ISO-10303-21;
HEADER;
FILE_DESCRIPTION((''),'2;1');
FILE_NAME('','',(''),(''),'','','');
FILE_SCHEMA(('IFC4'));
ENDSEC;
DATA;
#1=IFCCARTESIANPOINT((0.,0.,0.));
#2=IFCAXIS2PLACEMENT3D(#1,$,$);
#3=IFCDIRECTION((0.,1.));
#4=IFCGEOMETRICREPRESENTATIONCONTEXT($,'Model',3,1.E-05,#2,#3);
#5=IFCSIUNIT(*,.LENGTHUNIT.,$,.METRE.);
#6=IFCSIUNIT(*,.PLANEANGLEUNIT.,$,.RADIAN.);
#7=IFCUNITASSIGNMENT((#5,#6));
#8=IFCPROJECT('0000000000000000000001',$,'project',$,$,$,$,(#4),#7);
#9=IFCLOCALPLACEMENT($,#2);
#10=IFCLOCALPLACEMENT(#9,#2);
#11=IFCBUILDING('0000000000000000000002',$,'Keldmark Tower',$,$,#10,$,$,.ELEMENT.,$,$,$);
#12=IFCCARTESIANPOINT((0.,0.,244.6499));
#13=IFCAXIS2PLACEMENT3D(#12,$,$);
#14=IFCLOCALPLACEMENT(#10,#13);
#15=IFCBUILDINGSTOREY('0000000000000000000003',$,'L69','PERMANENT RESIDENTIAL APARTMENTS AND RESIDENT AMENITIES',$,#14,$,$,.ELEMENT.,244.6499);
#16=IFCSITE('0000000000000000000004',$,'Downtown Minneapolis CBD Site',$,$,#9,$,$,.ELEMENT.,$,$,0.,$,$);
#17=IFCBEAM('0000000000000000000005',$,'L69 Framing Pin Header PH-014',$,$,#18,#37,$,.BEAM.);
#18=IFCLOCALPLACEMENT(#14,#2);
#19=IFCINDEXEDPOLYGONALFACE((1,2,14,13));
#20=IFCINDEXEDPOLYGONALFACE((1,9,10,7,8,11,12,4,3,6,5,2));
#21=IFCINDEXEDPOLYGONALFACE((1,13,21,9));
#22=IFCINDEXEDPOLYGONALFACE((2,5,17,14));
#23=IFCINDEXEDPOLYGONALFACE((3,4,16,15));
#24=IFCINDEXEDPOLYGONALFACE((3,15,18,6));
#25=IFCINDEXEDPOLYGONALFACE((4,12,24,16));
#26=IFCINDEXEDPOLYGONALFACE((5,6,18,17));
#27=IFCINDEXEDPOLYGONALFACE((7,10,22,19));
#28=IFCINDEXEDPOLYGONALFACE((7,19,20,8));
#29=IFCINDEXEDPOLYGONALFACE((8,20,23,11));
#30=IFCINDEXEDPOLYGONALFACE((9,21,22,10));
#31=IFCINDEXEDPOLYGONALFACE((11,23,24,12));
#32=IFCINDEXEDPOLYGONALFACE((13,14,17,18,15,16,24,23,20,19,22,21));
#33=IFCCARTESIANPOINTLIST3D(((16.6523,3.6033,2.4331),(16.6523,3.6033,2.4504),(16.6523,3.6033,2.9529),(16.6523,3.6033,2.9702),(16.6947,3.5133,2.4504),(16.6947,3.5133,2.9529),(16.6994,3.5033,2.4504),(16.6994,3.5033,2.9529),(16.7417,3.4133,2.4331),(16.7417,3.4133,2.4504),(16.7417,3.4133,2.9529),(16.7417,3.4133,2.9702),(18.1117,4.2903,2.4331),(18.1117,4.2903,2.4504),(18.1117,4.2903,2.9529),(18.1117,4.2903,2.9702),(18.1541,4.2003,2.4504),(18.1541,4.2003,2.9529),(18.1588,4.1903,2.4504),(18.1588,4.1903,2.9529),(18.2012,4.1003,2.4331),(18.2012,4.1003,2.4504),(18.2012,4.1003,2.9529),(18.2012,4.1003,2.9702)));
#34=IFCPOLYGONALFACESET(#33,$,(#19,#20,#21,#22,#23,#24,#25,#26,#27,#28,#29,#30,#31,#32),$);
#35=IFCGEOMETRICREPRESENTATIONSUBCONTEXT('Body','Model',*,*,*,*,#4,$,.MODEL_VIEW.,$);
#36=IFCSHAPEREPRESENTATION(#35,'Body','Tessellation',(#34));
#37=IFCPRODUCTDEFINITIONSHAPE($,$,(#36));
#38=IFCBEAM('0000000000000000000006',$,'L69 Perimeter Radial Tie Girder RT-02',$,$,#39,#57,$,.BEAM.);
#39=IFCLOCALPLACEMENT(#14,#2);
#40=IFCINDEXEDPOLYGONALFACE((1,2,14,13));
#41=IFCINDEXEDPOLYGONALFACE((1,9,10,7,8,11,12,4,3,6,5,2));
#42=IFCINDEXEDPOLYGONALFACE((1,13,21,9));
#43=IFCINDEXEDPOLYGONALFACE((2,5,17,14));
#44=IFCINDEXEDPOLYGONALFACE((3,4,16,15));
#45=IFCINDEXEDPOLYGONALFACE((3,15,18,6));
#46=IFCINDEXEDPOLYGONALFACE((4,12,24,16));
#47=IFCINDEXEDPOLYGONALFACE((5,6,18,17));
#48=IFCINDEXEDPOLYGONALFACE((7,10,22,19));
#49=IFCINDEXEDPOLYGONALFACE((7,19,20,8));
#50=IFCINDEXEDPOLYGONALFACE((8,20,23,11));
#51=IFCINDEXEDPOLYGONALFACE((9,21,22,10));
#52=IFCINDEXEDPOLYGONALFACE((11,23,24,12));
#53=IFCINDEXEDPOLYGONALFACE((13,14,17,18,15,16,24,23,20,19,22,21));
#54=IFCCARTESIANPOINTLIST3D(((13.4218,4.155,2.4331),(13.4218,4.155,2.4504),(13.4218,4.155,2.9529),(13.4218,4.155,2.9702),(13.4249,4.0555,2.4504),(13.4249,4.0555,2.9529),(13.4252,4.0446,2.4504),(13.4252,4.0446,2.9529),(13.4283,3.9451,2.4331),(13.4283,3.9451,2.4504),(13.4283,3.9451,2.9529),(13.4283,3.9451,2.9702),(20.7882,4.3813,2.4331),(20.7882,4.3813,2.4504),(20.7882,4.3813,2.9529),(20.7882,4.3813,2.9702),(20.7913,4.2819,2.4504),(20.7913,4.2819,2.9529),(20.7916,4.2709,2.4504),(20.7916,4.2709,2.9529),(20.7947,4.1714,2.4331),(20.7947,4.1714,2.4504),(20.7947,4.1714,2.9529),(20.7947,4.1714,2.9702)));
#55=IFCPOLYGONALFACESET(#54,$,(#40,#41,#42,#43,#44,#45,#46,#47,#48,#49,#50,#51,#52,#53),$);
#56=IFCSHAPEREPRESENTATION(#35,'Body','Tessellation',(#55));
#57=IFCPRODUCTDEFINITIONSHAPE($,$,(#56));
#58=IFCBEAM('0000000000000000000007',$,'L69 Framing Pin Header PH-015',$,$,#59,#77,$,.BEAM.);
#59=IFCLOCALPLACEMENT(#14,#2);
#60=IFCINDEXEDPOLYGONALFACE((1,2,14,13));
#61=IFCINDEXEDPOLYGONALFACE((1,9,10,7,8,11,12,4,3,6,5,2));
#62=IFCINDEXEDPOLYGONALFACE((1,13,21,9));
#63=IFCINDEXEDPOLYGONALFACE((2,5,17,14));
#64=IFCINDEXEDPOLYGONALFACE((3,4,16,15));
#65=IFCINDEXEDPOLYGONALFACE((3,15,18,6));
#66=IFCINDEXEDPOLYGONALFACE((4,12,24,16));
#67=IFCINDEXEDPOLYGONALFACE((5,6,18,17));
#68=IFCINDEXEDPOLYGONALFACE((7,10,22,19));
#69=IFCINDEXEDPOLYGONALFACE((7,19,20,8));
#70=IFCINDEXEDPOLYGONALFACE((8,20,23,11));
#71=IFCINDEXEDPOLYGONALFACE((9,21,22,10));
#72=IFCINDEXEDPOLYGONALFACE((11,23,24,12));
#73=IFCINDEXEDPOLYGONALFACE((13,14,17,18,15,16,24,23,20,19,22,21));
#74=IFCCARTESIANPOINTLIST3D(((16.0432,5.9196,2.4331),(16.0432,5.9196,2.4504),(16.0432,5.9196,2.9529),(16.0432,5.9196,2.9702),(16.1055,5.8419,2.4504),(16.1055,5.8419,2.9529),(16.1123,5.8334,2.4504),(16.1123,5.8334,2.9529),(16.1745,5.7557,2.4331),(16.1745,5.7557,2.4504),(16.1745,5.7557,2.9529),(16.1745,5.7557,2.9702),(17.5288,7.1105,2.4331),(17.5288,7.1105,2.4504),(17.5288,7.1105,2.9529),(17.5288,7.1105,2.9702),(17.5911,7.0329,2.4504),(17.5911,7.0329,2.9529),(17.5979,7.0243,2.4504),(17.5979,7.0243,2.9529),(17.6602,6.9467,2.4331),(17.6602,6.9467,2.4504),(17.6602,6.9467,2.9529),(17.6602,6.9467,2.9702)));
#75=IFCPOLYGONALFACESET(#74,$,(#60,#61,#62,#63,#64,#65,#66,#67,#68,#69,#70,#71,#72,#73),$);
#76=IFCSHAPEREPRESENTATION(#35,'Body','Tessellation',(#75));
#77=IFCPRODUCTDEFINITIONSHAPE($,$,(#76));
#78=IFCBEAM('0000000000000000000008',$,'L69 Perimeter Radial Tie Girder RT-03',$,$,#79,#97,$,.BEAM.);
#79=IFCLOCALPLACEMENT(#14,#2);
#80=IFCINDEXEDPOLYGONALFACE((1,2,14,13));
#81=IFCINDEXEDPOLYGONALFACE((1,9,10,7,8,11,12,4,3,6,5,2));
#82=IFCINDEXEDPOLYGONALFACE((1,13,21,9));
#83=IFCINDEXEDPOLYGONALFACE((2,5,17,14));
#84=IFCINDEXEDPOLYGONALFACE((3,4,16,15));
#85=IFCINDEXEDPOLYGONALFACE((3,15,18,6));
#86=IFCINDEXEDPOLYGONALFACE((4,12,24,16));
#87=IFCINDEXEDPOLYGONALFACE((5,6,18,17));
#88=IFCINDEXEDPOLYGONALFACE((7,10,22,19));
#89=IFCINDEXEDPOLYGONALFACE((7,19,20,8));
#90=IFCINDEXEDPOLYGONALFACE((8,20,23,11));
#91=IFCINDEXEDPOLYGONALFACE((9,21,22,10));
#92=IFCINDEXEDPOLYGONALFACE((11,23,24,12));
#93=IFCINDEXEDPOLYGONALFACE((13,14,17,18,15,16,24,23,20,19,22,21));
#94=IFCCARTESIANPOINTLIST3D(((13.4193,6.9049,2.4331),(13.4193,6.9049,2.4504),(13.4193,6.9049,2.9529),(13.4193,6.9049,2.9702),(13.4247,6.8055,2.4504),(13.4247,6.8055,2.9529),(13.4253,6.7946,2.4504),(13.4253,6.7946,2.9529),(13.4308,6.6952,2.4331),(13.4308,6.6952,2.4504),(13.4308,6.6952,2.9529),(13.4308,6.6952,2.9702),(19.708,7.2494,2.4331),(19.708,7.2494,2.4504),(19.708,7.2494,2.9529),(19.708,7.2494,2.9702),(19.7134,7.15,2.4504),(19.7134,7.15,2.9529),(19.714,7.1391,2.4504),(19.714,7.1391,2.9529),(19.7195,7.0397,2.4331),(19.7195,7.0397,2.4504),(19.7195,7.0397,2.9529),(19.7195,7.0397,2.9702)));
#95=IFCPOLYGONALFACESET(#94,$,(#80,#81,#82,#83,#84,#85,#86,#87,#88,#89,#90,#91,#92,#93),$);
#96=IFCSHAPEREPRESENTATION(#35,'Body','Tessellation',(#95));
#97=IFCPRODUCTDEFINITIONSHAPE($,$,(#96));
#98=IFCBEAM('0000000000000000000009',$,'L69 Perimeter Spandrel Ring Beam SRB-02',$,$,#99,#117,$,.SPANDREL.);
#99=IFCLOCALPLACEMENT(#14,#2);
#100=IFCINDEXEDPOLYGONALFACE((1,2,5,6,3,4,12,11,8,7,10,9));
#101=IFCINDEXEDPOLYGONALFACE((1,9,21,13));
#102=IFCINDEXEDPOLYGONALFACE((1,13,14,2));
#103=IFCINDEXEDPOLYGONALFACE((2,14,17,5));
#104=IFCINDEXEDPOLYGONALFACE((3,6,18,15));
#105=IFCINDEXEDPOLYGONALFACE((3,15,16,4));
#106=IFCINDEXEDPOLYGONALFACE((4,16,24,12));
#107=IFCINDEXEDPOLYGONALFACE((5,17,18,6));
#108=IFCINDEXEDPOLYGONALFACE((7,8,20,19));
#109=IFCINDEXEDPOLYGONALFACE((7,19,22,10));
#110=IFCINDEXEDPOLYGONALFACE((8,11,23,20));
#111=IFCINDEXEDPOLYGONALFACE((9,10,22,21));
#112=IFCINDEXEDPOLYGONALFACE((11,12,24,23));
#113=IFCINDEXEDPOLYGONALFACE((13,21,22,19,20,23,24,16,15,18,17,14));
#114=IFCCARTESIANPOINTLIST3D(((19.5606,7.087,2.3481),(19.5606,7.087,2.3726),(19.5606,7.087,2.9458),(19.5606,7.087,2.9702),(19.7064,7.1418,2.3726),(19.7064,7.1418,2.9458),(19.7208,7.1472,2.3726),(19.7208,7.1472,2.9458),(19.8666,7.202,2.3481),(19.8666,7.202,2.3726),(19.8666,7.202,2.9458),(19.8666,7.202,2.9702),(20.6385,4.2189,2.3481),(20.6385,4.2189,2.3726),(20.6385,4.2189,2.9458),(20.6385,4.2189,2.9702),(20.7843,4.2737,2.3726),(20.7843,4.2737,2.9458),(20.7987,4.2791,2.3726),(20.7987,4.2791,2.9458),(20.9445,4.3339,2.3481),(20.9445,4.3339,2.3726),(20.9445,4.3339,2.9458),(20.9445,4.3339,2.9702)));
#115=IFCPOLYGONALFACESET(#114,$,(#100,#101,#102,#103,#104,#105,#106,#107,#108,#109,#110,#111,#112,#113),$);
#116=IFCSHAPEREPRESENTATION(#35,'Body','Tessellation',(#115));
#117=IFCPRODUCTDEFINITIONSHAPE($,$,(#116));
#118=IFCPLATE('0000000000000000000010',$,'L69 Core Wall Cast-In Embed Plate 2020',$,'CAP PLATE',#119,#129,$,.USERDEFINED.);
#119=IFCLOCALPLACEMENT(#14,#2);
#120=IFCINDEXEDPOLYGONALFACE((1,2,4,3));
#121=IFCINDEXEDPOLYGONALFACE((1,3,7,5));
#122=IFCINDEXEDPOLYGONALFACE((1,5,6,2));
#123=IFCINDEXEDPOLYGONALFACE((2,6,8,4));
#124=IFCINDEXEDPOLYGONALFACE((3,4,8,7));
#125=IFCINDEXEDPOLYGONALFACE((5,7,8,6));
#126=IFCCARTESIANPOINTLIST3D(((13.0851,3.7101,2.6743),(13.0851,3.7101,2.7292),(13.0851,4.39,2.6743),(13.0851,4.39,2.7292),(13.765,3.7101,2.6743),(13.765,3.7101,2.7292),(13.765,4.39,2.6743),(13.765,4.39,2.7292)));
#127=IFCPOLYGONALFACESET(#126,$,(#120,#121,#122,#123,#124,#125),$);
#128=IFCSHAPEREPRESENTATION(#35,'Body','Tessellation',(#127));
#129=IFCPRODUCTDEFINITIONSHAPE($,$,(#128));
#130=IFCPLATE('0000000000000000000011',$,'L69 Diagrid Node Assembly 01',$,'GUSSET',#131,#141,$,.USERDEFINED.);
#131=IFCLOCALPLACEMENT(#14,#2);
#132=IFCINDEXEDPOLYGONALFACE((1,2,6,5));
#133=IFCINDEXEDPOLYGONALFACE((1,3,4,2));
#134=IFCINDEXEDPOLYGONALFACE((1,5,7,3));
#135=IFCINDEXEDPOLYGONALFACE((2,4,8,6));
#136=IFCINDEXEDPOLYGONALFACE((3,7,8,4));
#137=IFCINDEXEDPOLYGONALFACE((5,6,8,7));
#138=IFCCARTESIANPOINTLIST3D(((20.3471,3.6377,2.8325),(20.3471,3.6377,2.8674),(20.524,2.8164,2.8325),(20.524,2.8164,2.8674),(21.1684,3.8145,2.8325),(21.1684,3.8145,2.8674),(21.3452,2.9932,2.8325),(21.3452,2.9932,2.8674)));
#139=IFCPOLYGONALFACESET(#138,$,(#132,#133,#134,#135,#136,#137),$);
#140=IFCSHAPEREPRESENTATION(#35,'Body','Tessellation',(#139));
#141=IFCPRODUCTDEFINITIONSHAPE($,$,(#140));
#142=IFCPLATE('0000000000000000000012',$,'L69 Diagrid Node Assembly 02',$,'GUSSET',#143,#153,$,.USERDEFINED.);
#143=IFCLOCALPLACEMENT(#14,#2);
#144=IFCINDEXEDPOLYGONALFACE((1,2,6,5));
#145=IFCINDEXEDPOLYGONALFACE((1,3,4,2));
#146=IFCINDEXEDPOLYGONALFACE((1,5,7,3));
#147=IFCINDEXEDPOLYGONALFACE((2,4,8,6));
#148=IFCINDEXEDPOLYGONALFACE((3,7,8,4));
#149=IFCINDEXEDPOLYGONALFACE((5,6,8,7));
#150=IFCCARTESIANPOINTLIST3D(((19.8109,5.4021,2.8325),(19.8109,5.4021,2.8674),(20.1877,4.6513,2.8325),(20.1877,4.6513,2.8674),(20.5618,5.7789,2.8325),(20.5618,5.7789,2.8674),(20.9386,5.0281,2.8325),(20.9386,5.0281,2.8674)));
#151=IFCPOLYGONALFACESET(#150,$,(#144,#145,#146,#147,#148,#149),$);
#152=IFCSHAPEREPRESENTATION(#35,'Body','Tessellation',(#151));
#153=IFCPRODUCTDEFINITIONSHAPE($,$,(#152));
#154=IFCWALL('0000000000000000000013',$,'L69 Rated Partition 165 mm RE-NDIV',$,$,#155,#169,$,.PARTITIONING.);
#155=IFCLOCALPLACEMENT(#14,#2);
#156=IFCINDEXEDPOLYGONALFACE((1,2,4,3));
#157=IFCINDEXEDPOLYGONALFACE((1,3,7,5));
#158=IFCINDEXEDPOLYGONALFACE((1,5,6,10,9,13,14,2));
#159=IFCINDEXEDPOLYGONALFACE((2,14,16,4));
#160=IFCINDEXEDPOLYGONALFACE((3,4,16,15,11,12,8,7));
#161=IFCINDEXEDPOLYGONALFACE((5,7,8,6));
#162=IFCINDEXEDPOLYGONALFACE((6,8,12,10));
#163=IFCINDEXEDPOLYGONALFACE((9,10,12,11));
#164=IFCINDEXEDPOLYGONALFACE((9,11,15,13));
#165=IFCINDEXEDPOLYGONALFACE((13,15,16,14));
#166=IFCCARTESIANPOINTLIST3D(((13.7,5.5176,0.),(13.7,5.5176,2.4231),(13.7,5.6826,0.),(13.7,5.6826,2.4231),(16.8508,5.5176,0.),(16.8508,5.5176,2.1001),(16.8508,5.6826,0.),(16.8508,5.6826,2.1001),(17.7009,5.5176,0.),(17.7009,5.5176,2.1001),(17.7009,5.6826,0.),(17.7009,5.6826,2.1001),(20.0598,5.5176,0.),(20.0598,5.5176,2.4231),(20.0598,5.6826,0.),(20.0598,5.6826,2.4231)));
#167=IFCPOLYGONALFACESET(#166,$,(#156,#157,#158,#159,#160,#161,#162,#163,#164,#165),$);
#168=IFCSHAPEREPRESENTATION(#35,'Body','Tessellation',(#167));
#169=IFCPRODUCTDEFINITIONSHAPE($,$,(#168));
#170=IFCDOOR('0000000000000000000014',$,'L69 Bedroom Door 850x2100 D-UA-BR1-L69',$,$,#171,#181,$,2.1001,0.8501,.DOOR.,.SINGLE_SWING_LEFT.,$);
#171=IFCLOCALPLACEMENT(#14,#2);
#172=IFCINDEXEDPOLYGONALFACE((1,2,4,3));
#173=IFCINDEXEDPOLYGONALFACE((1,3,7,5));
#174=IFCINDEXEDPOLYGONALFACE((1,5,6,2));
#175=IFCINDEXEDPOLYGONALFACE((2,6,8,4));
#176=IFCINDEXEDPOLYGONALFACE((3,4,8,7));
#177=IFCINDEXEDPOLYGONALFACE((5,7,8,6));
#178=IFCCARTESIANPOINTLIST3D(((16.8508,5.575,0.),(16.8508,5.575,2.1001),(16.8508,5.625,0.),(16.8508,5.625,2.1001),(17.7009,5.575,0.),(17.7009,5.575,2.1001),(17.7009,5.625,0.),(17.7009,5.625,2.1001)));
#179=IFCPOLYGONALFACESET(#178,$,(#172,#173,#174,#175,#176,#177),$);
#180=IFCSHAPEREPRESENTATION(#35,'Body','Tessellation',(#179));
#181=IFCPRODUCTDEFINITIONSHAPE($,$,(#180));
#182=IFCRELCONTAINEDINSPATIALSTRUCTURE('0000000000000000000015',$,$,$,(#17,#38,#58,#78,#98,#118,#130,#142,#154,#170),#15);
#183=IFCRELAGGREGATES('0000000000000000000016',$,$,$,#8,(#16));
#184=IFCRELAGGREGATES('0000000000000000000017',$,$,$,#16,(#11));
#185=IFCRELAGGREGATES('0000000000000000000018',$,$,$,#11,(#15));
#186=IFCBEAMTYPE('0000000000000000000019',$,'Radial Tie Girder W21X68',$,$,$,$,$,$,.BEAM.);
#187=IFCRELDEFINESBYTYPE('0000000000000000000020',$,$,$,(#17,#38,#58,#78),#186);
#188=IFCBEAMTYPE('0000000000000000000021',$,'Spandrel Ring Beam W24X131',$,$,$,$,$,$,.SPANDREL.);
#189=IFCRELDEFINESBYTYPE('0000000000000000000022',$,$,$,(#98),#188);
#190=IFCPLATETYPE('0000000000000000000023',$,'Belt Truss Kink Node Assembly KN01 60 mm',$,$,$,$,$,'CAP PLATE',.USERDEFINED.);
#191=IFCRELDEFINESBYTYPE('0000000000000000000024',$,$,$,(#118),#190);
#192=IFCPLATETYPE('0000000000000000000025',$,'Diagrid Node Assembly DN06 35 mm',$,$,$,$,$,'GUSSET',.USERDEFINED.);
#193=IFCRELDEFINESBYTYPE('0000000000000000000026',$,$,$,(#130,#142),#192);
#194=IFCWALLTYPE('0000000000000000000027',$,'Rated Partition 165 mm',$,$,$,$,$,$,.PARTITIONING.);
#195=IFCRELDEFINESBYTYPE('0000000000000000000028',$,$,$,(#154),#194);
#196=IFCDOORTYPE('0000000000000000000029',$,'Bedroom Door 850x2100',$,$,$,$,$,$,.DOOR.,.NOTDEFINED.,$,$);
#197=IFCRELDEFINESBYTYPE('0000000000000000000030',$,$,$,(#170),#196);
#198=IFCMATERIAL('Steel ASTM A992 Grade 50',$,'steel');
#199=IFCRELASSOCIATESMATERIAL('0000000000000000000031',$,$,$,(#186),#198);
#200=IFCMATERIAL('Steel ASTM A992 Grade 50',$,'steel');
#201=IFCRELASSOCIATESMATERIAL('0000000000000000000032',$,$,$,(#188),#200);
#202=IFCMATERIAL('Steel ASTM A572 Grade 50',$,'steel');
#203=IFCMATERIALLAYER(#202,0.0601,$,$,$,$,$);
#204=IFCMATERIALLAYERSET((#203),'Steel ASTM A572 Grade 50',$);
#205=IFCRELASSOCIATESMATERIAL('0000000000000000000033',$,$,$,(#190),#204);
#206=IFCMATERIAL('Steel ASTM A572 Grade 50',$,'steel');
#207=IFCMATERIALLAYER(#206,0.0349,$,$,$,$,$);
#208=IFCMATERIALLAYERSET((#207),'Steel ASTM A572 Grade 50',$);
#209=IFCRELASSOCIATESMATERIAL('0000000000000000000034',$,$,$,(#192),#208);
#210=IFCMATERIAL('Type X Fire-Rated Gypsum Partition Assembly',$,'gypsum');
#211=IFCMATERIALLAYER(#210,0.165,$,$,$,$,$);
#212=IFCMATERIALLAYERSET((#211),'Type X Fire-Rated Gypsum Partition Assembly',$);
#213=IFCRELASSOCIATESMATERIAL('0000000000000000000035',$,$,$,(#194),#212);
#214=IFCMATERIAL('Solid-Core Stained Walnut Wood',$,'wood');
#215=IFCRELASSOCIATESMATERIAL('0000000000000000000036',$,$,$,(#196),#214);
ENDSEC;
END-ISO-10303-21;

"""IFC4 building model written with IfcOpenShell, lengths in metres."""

from ifc_helpers import new_model, si_unit, direction, frame, frame_2d, origin, origin_2d, place, context, subcontext, project, spatial, rectangle, i_section, extrude, material, layer, layer_set, material_profile, profile_set, type_object, element, fill, save


model = new_model("IFC4")

# Units and contexts
model_context = context("Model", 3, precision=1e-05, world=origin(), true_north=direction((0.0, 1.0)))
body_context = subcontext(model_context, "Body", "Model", "MODEL_VIEW")
ifc_project = project(units=[si_unit("LENGTHUNIT", "METRE"), si_unit("PLANEANGLEUNIT", "RADIAN")], contexts=[model_context])

# Site, building, storey
site_placement = place(None, origin())
site = spatial("IfcSite", under=ifc_project, at=site_placement, Name="Downtown Minneapolis CBD Site", CompositionType="ELEMENT", RefElevation=0.0)
building_placement = place(site_placement, origin())
building = spatial("IfcBuilding", under=site, at=building_placement, Name="Keldmark Tower", CompositionType="ELEMENT")
storey_placement = place(building_placement, frame((0.0, 0.0, 244.6499)))
storey = spatial("IfcBuildingStorey", under=building, at=storey_placement, Name="L69", Description="PERMANENT RESIDENTIAL APARTMENTS AND RESIDENT AMENITIES", CompositionType="ELEMENT", Elevation=244.6499)

# Beams
ifc_material_1 = material(Name="Steel ASTM A992 Grade 50", Category="steel")
ifc_material_profile_1 = material_profile(ifc_material_1, i_section(OverallWidth=0.21, OverallDepth=0.5371, WebThickness=0.011, FlangeThickness=0.0173, at=origin_2d()), Name="W21X68")
ifc_profile_set_1 = profile_set([ifc_material_profile_1], Name="Steel ASTM A992 Grade 50")
beam_type_1 = type_object("IfcBeamType", Name="Radial Tie Girder W21X68", PredefinedType="BEAM", material=ifc_profile_set_1)
beam_1_placement = place(storey_placement, frame((16.697, 3.5083, 2.7017), z_axis=(0.904771, 0.425899, 0.0), x_axis=(-0.425899, 0.904771, 0.0)))
element("IfcBeam", 1, at=beam_1_placement, inside=storey, type_object=beam_type_1, Name="L69 Framing Pin Header PH-014", PredefinedType="BEAM", context=body_context, shape_type="SweptSolid", body=[
    extrude(i_section(OverallWidth=0.21, OverallDepth=0.5371, WebThickness=0.011, FlangeThickness=0.0173, at=origin_2d()), origin(), (0.0, 0.0, 1.0), 1.613),
])
beam_2_placement = place(storey_placement, frame((13.425, 4.05, 2.7017), z_axis=(0.999528, 0.030708, 0.0), x_axis=(-0.030708, 0.999528, 0.0)))
element("IfcBeam", 2, at=beam_2_placement, inside=storey, type_object=beam_type_1, Name="L69 Perimeter Radial Tie Girder RT-02", PredefinedType="BEAM", context=body_context, shape_type="SweptSolid", body=[
    extrude(i_section(OverallWidth=0.21, OverallDepth=0.5371, WebThickness=0.011, FlangeThickness=0.0173, at=origin_2d()), origin(), (0.0, 0.0, 1.0), 7.3699),
])
beam_3_placement = place(storey_placement, frame((16.1089, 5.8376, 2.7017), z_axis=(0.780243, 0.625477, 0.0), x_axis=(-0.625477, 0.780243, 0.0)))
element("IfcBeam", 3, at=beam_3_placement, inside=storey, type_object=beam_type_1, Name="L69 Framing Pin Header PH-015", PredefinedType="BEAM", context=body_context, shape_type="SweptSolid", body=[
    extrude(i_section(OverallWidth=0.21, OverallDepth=0.5371, WebThickness=0.011, FlangeThickness=0.0173, at=origin_2d()), origin(), (0.0, 0.0, 1.0), 1.9041),
])
beam_4_placement = place(storey_placement, frame((13.425, 6.8, 2.7017), z_axis=(0.998503, 0.054697, 0.0), x_axis=(-0.054697, 0.998503, 0.0)))
element("IfcBeam", 4, at=beam_4_placement, inside=storey, type_object=beam_type_1, Name="L69 Perimeter Radial Tie Girder RT-03", PredefinedType="BEAM", context=body_context, shape_type="SweptSolid", body=[
    extrude(i_section(OverallWidth=0.21, OverallDepth=0.5371, WebThickness=0.011, FlangeThickness=0.0173, at=origin_2d()), origin(), (0.0, 0.0, 1.0), 6.2981),
])
ifc_material_2 = material(Name="Steel ASTM A992 Grade 50", Category="steel")
ifc_material_profile_2 = material_profile(ifc_material_2, i_section(OverallWidth=0.3269, OverallDepth=0.6221, WebThickness=0.0154, FlangeThickness=0.0244, at=origin_2d()), Name="W24X131")
ifc_profile_set_2 = profile_set([ifc_material_profile_2], Name="Steel ASTM A992 Grade 50")
beam_type_2 = type_object("IfcBeamType", Name="Spandrel Ring Beam W24X131", PredefinedType="SPANDREL", material=ifc_profile_set_2)
beam_5_placement = place(storey_placement, frame((20.7915, 4.2764, 2.6592), z_axis=(-0.351787, 0.93608, 0.0), x_axis=(-0.93608, -0.351787, 0.0)))
element("IfcBeam", 5, at=beam_5_placement, inside=storey, type_object=beam_type_2, Name="L69 Perimeter Spandrel Ring Beam SRB-02", PredefinedType="SPANDREL", context=body_context, shape_type="SweptSolid", body=[
    extrude(i_section(OverallWidth=0.3269, OverallDepth=0.6221, WebThickness=0.0154, FlangeThickness=0.0244, at=origin_2d()), origin(), (0.0, 0.0, 1.0), 3.064),
])

# Plates
ifc_material_3 = material(Name="Steel ASTM A572 Grade 50", Category="steel")
ifc_layer_1 = layer(ifc_material_3, 0.0601)
ifc_layer_set_1 = layer_set([ifc_layer_1], Name="Steel ASTM A572 Grade 50")
plate_type_1 = type_object("IfcPlateType", Name="Belt Truss Kink Node Assembly KN01 60 mm", ElementType="CAP PLATE", PredefinedType="USERDEFINED", material=ifc_layer_set_1)
plate_placement = place(storey_placement, frame((13.425, 4.05, 2.6743), z_axis=(0.0, 0.0, 1.0), x_axis=(1.0, 0.0, 0.0)))
element("IfcPlate", 6, at=plate_placement, inside=storey, type_object=plate_type_1, Name="L69 Core Wall Cast-In Embed Plate 2020", ObjectType="CAP PLATE", PredefinedType="USERDEFINED", context=body_context, shape_type="SweptSolid", body=[
    extrude(rectangle(XDim=0.6799, YDim=0.6799, at=origin_2d()), origin(), (0.0, 0.0, 1.0), 0.0549),
])
ifc_material_4 = material(Name="Steel ASTM A572 Grade 50", Category="steel")
ifc_layer_2 = layer(ifc_material_4, 0.0349)
ifc_layer_set_2 = layer_set([ifc_layer_2], Name="Steel ASTM A572 Grade 50")
plate_type_2 = type_object("IfcPlateType", Name="Diagrid Node Assembly DN06 35 mm", ElementType="GUSSET", PredefinedType="USERDEFINED", material=ifc_layer_set_2)
for number, where, z_axis, x_axis, name in (
    (7, (20.8462, 3.3154, 2.8325), (0.0, 0.0, 1.0), (-0.210472, 0.9776, 0.0), "L69 Diagrid Node Assembly 01"),
    (8, (20.3748, 5.2151, 2.8325), (0.0, 0.0, 1.0), (-0.448539, 0.893763, 0.0), "L69 Diagrid Node Assembly 02"),
):
    element("IfcPlate", number, at=place(storey_placement, frame(where, z_axis=z_axis, x_axis=x_axis)), inside=storey, type_object=plate_type_2, Name=name, ObjectType="GUSSET", PredefinedType="USERDEFINED", context=body_context, shape_type="SweptSolid", body=[
        extrude(rectangle(XDim=0.8401, YDim=0.8401, at=origin_2d()), origin(), (0.0, 0.0, 1.0), 0.0349),
    ])

# Wall, opening, door
ifc_material_5 = material(Name="Type X Fire-Rated Gypsum Partition Assembly", Category="gypsum")
ifc_layer_3 = layer(ifc_material_5, 0.165)
ifc_layer_set_3 = layer_set([ifc_layer_3], Name="Type X Fire-Rated Gypsum Partition Assembly")
wall_type_1 = type_object("IfcWallType", Name="Rated Partition 165 mm", PredefinedType="PARTITIONING", material=ifc_layer_set_3)
wall_1_placement = place(storey_placement, frame((13.7, 5.6001, 0.0), z_axis=(0.0, 0.0, 1.0), x_axis=(1.0, 0.0, 0.0)))
wall_1 = element("IfcWall", 9, at=wall_1_placement, inside=storey, type_object=wall_type_1, Name="L69 Rated Partition 165 mm RE-NDIV", PredefinedType="PARTITIONING", context=body_context, shape_type="SweptSolid", body=[
    extrude(rectangle(XDim=6.3599, YDim=0.165, at=frame_2d((3.1799, 0.0))), origin(), (0.0, 0.0, 1.0), 2.4231),
])
opening_1_placement = place(wall_1_placement, frame((3.1509, 0.0, 0.0)))
opening_1 = element("IfcOpeningElement", 10, at=opening_1_placement, cuts=wall_1, PredefinedType="OPENING", context=body_context, shape_type="SweptSolid", body=[
    extrude(rectangle(XDim=0.8501, YDim=2.1001, at=frame_2d((0.425, 1.05))), frame((0.0, 0.0925, 0.0), z_axis=(0.0, -1.0, 0.0), x_axis=(1.0, 0.0, 0.0)), (0.0, 0.0, 1.0), 0.1851),
])
ifc_material_6 = material(Name="Solid-Core Stained Walnut Wood", Category="wood")
door_type_1 = type_object("IfcDoorType", Name="Bedroom Door 850x2100", OperationType="NOTDEFINED", PredefinedType="DOOR", material=ifc_material_6)
door_1_placement = place(opening_1_placement, origin())
door_1 = element("IfcDoor", 11, at=door_1_placement, inside=storey, type_object=door_type_1, Name="L69 Bedroom Door 850x2100 D-UA-BR1-L69", OperationType="SINGLE_SWING_LEFT", OverallHeight=2.1001, OverallWidth=0.8501, PredefinedType="DOOR", context=body_context, shape_type="SweptSolid", body=[
    extrude(rectangle(XDim=0.8501, YDim=2.1001, at=frame_2d((0.425, 1.05))), frame((0.0, 0.0249, 0.0), z_axis=(0.0, -1.0, 0.0), x_axis=(1.0, 0.0, 0.0)), (0.0, 0.0, 1.0), 0.05),
])
fill(opening_1, door_1)

save(model, "model.ifc")
